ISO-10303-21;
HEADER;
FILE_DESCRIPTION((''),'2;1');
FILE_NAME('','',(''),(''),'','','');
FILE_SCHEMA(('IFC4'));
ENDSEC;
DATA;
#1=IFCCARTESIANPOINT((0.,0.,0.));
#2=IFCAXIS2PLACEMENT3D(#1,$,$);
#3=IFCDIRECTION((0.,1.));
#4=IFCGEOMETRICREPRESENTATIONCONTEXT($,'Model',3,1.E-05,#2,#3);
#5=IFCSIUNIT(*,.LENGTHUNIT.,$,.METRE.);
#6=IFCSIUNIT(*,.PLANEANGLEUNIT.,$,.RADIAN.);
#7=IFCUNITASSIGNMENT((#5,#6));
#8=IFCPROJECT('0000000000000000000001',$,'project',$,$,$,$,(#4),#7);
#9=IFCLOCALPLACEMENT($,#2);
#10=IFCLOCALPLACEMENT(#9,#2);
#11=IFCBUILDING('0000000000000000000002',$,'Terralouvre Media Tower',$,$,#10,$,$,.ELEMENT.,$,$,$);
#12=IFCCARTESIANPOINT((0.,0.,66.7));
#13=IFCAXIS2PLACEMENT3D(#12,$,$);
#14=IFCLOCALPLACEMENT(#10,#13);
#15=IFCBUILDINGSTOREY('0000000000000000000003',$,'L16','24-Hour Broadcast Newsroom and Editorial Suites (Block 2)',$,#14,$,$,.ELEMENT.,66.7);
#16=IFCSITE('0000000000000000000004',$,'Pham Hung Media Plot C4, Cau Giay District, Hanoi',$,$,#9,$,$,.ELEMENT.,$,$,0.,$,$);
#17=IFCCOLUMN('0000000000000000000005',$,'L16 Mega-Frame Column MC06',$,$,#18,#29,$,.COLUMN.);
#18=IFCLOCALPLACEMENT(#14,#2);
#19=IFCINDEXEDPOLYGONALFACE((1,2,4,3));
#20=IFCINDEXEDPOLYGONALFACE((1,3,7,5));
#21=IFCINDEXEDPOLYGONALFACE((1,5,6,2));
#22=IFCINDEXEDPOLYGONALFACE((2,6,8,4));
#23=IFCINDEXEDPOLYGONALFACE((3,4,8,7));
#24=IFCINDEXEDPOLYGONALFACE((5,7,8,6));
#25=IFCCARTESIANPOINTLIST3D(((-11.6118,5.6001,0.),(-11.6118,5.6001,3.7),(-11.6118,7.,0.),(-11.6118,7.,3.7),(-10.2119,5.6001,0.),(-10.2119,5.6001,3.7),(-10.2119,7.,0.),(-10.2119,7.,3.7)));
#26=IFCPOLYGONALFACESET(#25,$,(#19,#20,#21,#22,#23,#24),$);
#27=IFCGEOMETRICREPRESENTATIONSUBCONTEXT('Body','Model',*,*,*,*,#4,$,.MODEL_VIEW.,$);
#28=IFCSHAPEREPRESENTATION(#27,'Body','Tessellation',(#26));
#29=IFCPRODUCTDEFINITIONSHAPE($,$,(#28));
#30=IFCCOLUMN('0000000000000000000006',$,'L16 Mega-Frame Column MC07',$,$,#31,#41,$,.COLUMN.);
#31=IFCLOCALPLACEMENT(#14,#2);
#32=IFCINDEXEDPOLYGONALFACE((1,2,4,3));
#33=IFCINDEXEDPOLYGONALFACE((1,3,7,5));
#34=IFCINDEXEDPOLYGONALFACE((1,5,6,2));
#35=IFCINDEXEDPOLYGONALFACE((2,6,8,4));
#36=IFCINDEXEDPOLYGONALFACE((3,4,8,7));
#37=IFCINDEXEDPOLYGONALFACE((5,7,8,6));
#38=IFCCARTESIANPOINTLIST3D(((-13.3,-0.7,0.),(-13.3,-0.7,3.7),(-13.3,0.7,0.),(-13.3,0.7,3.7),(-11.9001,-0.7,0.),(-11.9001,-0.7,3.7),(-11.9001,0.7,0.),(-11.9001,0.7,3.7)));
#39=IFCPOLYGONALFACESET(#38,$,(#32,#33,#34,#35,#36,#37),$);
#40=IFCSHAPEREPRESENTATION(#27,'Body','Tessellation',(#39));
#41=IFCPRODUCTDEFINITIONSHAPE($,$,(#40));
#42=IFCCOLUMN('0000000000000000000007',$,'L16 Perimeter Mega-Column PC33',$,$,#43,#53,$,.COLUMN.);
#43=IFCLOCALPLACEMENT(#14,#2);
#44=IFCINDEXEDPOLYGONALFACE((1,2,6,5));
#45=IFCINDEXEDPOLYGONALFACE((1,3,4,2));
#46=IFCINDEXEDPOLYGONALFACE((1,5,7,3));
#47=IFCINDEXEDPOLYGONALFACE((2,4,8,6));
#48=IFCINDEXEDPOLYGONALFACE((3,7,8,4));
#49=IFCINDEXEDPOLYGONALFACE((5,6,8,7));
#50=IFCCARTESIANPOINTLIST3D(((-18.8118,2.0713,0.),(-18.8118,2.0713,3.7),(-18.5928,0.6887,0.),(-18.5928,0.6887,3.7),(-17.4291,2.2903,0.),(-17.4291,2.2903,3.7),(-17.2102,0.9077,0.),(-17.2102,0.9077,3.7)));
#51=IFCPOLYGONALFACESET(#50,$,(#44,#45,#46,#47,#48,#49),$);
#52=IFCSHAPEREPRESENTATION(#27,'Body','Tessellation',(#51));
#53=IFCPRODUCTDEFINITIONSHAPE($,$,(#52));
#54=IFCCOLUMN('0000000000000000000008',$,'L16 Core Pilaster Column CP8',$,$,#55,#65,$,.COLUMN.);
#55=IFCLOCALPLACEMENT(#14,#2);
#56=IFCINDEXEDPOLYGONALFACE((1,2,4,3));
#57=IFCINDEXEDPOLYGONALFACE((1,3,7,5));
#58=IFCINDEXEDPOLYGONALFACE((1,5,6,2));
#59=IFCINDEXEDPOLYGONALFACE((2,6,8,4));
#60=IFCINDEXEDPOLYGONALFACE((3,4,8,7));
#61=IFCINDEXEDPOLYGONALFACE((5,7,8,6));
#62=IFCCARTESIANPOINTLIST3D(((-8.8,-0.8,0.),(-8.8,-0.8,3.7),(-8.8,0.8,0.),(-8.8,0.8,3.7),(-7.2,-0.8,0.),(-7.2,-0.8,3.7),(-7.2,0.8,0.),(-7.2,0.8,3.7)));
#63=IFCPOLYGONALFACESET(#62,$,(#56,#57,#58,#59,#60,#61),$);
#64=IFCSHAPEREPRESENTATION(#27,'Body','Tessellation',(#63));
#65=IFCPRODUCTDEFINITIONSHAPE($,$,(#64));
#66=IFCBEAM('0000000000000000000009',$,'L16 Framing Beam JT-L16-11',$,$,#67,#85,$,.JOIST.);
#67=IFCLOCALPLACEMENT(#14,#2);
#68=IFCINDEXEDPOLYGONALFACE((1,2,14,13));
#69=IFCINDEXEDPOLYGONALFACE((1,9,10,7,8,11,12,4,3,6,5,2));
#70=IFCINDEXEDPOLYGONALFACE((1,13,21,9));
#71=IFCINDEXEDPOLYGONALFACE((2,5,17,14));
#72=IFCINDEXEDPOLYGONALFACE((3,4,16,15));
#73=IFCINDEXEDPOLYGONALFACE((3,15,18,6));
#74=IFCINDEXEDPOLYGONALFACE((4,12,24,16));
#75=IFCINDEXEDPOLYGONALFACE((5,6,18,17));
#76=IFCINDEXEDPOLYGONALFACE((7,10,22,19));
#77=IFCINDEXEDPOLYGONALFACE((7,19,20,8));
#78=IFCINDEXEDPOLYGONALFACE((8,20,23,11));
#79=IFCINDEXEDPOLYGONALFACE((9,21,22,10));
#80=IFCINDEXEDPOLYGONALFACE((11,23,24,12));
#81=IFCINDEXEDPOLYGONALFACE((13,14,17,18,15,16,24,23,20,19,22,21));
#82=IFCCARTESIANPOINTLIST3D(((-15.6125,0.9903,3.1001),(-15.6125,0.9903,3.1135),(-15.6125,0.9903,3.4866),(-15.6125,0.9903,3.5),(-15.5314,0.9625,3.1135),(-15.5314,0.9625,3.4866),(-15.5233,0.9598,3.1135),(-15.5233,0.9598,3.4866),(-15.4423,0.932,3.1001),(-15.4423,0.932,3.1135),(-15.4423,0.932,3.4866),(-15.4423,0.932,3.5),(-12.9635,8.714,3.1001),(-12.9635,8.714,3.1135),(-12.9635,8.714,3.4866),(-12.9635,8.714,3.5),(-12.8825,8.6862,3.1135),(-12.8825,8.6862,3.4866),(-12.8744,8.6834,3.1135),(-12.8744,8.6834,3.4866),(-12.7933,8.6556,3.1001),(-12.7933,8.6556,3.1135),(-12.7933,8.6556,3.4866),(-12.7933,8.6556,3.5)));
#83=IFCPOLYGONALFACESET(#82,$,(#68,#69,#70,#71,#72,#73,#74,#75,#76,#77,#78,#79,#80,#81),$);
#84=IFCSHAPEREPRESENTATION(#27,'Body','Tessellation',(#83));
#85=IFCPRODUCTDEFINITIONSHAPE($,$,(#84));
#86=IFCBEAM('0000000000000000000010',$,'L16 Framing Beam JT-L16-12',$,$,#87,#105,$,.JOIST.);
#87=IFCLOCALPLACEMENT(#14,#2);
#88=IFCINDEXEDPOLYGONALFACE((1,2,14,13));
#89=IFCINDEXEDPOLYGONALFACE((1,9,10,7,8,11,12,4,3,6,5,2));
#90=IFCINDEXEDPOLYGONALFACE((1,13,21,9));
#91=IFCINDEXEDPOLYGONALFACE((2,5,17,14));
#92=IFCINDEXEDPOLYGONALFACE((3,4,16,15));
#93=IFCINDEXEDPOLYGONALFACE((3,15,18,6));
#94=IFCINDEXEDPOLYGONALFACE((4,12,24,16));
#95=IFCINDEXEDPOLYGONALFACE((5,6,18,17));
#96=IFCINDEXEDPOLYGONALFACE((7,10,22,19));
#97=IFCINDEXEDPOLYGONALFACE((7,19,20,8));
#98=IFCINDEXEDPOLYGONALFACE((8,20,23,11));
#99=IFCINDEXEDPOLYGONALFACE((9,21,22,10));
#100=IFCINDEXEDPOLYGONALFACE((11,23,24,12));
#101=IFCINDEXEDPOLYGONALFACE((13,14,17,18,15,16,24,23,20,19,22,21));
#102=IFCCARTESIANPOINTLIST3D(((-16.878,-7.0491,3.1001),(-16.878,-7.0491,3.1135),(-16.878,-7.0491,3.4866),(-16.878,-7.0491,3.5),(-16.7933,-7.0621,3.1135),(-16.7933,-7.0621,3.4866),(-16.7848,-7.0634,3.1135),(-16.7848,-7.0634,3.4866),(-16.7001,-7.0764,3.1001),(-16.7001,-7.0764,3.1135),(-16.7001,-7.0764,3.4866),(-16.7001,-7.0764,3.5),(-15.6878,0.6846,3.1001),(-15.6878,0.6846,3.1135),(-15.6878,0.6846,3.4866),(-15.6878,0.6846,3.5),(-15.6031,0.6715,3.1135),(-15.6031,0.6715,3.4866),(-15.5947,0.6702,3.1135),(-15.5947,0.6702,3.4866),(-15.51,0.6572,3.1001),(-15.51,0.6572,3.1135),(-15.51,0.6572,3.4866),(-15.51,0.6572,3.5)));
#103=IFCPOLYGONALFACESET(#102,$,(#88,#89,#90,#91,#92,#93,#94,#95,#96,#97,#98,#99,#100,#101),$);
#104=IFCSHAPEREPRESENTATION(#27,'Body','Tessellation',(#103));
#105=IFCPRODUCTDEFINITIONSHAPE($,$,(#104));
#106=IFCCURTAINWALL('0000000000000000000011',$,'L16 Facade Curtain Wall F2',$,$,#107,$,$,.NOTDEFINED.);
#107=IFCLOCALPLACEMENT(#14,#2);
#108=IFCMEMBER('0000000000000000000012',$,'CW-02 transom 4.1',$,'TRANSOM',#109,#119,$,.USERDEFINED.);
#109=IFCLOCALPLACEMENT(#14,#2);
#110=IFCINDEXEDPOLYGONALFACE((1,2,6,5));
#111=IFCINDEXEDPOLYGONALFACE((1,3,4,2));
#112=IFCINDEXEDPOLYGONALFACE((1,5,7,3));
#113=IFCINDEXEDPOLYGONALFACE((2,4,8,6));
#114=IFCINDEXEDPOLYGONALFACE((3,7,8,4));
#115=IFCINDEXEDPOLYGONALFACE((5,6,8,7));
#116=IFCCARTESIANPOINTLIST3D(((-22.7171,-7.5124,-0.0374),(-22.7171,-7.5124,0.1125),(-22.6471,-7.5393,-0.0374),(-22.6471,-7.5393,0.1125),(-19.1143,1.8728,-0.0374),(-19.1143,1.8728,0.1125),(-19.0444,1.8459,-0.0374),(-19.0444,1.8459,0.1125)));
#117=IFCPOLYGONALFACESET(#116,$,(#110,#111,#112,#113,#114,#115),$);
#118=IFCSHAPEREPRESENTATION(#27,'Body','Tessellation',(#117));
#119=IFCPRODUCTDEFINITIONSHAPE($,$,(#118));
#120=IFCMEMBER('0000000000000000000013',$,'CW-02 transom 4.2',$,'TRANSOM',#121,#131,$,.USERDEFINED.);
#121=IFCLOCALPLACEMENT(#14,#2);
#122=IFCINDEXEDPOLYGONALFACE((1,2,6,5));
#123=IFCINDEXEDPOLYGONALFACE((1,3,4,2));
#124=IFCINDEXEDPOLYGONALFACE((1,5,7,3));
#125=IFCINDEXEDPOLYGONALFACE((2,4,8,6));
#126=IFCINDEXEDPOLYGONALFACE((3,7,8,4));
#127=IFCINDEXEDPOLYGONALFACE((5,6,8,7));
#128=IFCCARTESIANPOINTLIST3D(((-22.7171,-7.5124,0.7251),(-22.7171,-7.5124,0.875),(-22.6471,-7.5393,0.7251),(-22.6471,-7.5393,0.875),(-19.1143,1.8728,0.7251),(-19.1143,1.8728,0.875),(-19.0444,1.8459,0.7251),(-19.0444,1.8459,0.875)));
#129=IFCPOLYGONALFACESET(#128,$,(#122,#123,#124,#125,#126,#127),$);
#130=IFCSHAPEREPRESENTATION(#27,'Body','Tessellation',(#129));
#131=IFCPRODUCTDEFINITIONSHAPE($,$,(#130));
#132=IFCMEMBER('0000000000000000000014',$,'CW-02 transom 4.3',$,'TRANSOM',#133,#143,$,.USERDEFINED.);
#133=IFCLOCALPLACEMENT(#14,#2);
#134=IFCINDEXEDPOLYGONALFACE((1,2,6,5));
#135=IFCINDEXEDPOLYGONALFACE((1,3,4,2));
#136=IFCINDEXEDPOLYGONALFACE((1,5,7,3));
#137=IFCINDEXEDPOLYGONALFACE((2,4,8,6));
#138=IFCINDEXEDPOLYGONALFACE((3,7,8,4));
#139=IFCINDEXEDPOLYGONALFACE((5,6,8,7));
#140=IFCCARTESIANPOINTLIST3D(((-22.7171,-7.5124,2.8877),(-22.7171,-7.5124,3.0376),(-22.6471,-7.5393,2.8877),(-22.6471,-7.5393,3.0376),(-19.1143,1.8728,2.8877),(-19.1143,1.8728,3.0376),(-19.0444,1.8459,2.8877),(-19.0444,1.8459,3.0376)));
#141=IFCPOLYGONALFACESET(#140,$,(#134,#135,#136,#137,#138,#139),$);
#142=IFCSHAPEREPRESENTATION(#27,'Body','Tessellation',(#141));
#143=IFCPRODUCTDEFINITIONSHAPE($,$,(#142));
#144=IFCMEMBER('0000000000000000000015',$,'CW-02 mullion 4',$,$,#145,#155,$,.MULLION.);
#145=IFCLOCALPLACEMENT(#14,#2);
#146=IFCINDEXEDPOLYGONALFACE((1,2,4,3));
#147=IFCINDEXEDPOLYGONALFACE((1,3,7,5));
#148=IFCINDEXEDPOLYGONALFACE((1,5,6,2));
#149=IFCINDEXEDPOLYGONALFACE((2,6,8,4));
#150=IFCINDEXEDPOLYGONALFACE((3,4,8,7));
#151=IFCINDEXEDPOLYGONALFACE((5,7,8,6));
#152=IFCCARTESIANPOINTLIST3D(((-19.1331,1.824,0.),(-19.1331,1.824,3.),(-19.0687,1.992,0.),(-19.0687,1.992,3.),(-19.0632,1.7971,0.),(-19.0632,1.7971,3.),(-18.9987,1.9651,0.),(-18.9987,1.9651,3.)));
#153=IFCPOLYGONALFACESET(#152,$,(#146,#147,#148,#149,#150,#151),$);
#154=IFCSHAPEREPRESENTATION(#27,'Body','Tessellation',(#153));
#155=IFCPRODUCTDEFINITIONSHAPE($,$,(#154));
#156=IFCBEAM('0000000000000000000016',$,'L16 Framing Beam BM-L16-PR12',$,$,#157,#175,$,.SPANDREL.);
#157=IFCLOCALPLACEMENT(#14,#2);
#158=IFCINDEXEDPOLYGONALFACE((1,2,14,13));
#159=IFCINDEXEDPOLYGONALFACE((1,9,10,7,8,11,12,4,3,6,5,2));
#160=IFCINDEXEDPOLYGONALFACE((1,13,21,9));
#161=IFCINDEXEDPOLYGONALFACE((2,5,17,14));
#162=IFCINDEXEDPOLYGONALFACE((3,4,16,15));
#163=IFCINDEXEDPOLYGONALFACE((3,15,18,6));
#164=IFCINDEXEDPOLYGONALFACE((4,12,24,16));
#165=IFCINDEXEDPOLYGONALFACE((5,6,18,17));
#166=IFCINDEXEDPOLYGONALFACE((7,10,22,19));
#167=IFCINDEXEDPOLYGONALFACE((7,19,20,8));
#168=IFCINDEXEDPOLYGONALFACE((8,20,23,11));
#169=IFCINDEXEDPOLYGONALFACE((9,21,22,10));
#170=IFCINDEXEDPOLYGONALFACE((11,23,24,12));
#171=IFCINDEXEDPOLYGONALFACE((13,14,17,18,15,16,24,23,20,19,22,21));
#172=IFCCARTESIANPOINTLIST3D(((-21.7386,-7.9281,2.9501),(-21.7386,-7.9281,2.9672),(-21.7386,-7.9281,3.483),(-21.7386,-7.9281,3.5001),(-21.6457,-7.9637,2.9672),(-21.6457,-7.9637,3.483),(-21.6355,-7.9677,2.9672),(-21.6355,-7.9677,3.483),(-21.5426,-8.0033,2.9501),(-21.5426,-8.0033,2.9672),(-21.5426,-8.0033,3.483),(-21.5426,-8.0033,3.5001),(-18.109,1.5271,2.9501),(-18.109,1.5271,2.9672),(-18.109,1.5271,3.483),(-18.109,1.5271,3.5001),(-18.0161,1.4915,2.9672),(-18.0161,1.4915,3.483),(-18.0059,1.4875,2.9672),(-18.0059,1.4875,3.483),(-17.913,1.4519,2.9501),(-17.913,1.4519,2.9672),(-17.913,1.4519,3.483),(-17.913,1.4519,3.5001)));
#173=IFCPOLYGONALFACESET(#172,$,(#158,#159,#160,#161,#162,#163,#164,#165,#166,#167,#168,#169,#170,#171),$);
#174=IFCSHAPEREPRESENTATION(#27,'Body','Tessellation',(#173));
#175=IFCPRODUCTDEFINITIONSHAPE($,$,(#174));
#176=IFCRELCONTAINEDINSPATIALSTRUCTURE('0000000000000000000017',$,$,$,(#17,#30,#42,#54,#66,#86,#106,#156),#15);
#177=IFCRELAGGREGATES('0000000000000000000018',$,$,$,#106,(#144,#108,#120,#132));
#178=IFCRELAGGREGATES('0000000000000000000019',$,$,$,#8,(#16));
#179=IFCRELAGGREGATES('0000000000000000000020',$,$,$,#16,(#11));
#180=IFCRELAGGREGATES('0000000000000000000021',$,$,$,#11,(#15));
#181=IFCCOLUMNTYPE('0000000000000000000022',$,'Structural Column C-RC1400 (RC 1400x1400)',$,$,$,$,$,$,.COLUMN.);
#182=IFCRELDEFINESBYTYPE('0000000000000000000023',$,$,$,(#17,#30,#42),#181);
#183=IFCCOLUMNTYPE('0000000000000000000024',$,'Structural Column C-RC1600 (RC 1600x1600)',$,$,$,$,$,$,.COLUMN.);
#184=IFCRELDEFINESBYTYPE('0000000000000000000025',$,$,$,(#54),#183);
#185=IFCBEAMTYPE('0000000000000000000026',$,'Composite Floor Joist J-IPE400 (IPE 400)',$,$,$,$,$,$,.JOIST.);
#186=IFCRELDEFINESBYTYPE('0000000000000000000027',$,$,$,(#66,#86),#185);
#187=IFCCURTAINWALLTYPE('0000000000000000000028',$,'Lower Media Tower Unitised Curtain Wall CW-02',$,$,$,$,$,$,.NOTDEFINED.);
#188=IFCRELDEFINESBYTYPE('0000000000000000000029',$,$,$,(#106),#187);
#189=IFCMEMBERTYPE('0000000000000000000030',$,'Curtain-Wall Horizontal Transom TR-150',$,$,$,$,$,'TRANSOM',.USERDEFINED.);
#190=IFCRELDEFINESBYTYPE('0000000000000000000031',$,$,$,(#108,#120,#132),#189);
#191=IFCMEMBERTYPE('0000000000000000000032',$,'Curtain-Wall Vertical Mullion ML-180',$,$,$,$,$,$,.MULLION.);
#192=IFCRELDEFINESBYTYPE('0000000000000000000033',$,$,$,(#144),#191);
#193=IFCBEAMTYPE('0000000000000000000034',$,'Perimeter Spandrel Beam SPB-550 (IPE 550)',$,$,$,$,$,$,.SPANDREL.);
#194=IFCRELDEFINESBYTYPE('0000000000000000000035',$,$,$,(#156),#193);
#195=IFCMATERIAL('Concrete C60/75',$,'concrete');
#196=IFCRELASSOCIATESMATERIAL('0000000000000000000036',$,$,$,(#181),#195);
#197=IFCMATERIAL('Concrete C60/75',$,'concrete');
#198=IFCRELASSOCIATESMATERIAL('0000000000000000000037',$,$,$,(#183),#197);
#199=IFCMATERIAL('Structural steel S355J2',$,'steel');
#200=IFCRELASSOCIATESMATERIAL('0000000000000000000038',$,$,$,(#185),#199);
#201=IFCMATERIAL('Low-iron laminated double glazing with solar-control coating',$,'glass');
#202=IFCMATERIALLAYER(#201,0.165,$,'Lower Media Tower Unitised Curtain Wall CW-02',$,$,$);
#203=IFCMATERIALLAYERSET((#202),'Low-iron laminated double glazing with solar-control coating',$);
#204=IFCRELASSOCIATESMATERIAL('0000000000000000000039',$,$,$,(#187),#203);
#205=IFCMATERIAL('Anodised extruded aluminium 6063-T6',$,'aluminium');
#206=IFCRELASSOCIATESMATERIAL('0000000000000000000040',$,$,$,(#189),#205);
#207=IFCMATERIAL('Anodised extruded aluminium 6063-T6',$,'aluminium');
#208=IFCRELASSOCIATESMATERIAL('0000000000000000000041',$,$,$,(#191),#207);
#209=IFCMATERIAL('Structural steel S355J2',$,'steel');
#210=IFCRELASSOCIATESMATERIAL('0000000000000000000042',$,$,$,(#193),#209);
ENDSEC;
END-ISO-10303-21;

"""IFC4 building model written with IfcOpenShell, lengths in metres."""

from ifc_helpers import new_model, si_unit, direction, frame, origin, origin_2d, place, context, subcontext, project, spatial, rectangle, i_section, extrude, material, layer, layer_set, material_profile, profile_set, type_object, element, aggregate, save


model = new_model("IFC4")

# Units and contexts
model_context = context("Model", 3, precision=1e-05, world=origin(), true_north=direction((0.0, 1.0)))
body_context = subcontext(model_context, "Body", "Model", "MODEL_VIEW")
ifc_project = project(units=[si_unit("LENGTHUNIT", "METRE"), si_unit("PLANEANGLEUNIT", "RADIAN")], contexts=[model_context])

# Site, building, storey
site_placement = place(None, origin())
site = spatial("IfcSite", under=ifc_project, at=site_placement, Name="Pham Hung Media Plot C4, Cau Giay District, Hanoi", CompositionType="ELEMENT", RefElevation=0.0)
building_placement = place(site_placement, origin())
building = spatial("IfcBuilding", under=site, at=building_placement, Name="Terralouvre Media Tower", CompositionType="ELEMENT")
storey_placement = place(building_placement, frame((0.0, 0.0, 66.7)))
storey = spatial("IfcBuildingStorey", under=building, at=storey_placement, Name="L16", Description="24-Hour Broadcast Newsroom and Editorial Suites (Block 2)", CompositionType="ELEMENT", Elevation=66.7)

# Columns
ifc_material_1 = material(Name="Concrete C60/75", Category="concrete")
ifc_material_profile_1 = material_profile(ifc_material_1, rectangle(XDim=1.3999, YDim=1.3999, at=origin_2d()), Name="RC 1400x1400")
ifc_profile_set_1 = profile_set([ifc_material_profile_1], Name="Concrete C60/75")
column_type_1 = type_object("IfcColumnType", Name="Structural Column C-RC1400 (RC 1400x1400)", PredefinedType="COLUMN", material=ifc_profile_set_1)
for number, where, z_axis, x_axis, name in (
    (1, (-10.9119, 6.3, 0.0), (0.0, 0.0, 1.0), (1.0, 0.0, 0.0), "L16 Mega-Frame Column MC06"),
    (2, (-12.6001, 0.0, 0.0), (0.0, 0.0, 1.0), (1.0, 0.0, 0.0), "L16 Mega-Frame Column MC07"),
    (3, (-18.011, 1.4895, 0.0), (0.0, 0.0, 1.0), (0.987688, 0.156434, 0.0), "L16 Perimeter Mega-Column PC33"),
):
    element("IfcColumn", number, at=place(storey_placement, frame(where, z_axis=z_axis, x_axis=x_axis)), inside=storey, type_object=column_type_1, Name=name, PredefinedType="COLUMN", context=body_context, shape_type="SweptSolid", body=[
        extrude(rectangle(XDim=1.3999, YDim=1.3999, at=origin_2d()), origin(), (0.0, 0.0, 1.0), 3.7),
    ])
ifc_material_2 = material(Name="Concrete C60/75", Category="concrete")
ifc_material_profile_2 = material_profile(ifc_material_2, rectangle(XDim=1.6001, YDim=1.6001, at=origin_2d()), Name="RC 1600x1600")
ifc_profile_set_2 = profile_set([ifc_material_profile_2], Name="Concrete C60/75")
column_type_2 = type_object("IfcColumnType", Name="Structural Column C-RC1600 (RC 1600x1600)", PredefinedType="COLUMN", material=ifc_profile_set_2)
column_placement = place(storey_placement, frame((-8.0, 0.0, 0.0), z_axis=(0.0, 0.0, 1.0), x_axis=(1.0, 0.0, 0.0)))
element("IfcColumn", 4, at=column_placement, inside=storey, type_object=column_type_2, Name="L16 Core Pilaster Column CP8", PredefinedType="COLUMN", context=body_context, shape_type="SweptSolid", body=[
    extrude(rectangle(XDim=1.6001, YDim=1.6001, at=origin_2d()), origin(), (0.0, 0.0, 1.0), 3.7),
])

# Beams
ifc_material_3 = material(Name="Structural steel S355J2", Category="steel")
ifc_material_profile_3 = material_profile(ifc_material_3, i_section(OverallWidth=0.1799, OverallDepth=0.3999, WebThickness=0.0085, FlangeThickness=0.0134, at=origin_2d()), Name="IPE 400")
ifc_profile_set_3 = profile_set([ifc_material_profile_3], Name="Structural steel S355J2")
beam_type_1 = type_object("IfcBeamType", Name="Composite Floor Joist J-IPE400 (IPE 400)", PredefinedType="JOIST", material=ifc_profile_set_3)
beam_1_placement = place(storey_placement, frame((-12.8784, 8.6848, 3.3), z_axis=(-0.324415, -0.945915, 0.0), x_axis=(0.945915, -0.324415, 0.0)))
element("IfcBeam", 5, at=beam_1_placement, inside=storey, type_object=beam_type_1, Name="L16 Framing Beam JT-L16-11", PredefinedType="JOIST", context=body_context, shape_type="SweptSolid", body=[
    extrude(i_section(OverallWidth=0.1799, OverallDepth=0.3999, WebThickness=0.0085, FlangeThickness=0.0134, at=origin_2d()), origin(), (0.0, 0.0, 1.0), 8.1653),
])
beam_2_placement = place(storey_placement, frame((-15.5989, 0.6709, 3.3), z_axis=(-0.152106, -0.988364, 0.0), x_axis=(0.988364, -0.152106, 0.0)))
element("IfcBeam", 6, at=beam_2_placement, inside=storey, type_object=beam_type_1, Name="L16 Framing Beam JT-L16-12", PredefinedType="JOIST", context=body_context, shape_type="SweptSolid", body=[
    extrude(i_section(OverallWidth=0.1799, OverallDepth=0.3999, WebThickness=0.0085, FlangeThickness=0.0134, at=origin_2d()), origin(), (0.0, 0.0, 1.0), 7.8247),
])

# Curtain wall, members
ifc_material_4 = material(Name="Low-iron laminated double glazing with solar-control coating", Category="glass")
ifc_layer_1 = layer(ifc_material_4, 0.165, Name="Lower Media Tower Unitised Curtain Wall CW-02")
ifc_layer_set_1 = layer_set([ifc_layer_1], Name="Low-iron laminated double glazing with solar-control coating")
curtain_wall_type = type_object("IfcCurtainWallType", Name="Lower Media Tower Unitised Curtain Wall CW-02", PredefinedType="NOTDEFINED", material=ifc_layer_set_1)
curtain_wall_placement = place(storey_placement, origin())
curtain_wall = element("IfcCurtainWall", 7, at=curtain_wall_placement, inside=storey, type_object=curtain_wall_type, Name="L16 Facade Curtain Wall F2", PredefinedType="NOTDEFINED")
ifc_material_5 = material(Name="Anodised extruded aluminium 6063-T6", Category="aluminium")
ifc_material_profile_4 = material_profile(ifc_material_5, rectangle(XDim=0.075, YDim=0.1499, at=origin_2d()), Name="ALU 75x150")
ifc_profile_set_4 = profile_set([ifc_material_profile_4], Name="Anodised extruded aluminium 6063-T6")
member_type_1 = type_object("IfcMemberType", Name="Curtain-Wall Horizontal Transom TR-150", ElementType="TRANSOM", PredefinedType="USERDEFINED", material=ifc_profile_set_4)
member_1_placement = place(storey_placement, frame((-19.0793, 1.8594, 0.0376), z_axis=(-0.358379, -0.933576, 0.0), x_axis=(0.933576, -0.358379, 0.0)))
member_1 = element("IfcMember", 8, at=member_1_placement, type_object=member_type_1, Name="CW-02 transom 4.1", ObjectType="TRANSOM", PredefinedType="USERDEFINED", context=body_context, shape_type="SweptSolid", body=[
    extrude(rectangle(XDim=0.075, YDim=0.1499, at=origin_2d()), origin(), (0.0, 0.0, 1.0), 10.053),
])
member_2_placement = place(storey_placement, frame((-19.0793, 1.8594, 0.8), z_axis=(-0.358379, -0.933576, 0.0), x_axis=(0.933576, -0.358379, 0.0)))
member_2 = element("IfcMember", 9, at=member_2_placement, type_object=member_type_1, Name="CW-02 transom 4.2", ObjectType="TRANSOM", PredefinedType="USERDEFINED", context=body_context, shape_type="SweptSolid", body=[
    extrude(rectangle(XDim=0.075, YDim=0.1499, at=origin_2d()), origin(), (0.0, 0.0, 1.0), 10.053),
])
member_3_placement = place(storey_placement, frame((-19.0793, 1.8594, 2.9626), z_axis=(-0.358379, -0.933576, 0.0), x_axis=(0.933576, -0.358379, 0.0)))
member_3 = element("IfcMember", 10, at=member_3_placement, type_object=member_type_1, Name="CW-02 transom 4.3", ObjectType="TRANSOM", PredefinedType="USERDEFINED", context=body_context, shape_type="SweptSolid", body=[
    extrude(rectangle(XDim=0.075, YDim=0.1499, at=origin_2d()), origin(), (0.0, 0.0, 1.0), 10.053),
])
ifc_material_6 = material(Name="Anodised extruded aluminium 6063-T6", Category="aluminium")
ifc_material_profile_5 = material_profile(ifc_material_6, rectangle(XDim=0.075, YDim=0.1799, at=origin_2d()), Name="ALU 75x180")
ifc_profile_set_5 = profile_set([ifc_material_profile_5], Name="Anodised extruded aluminium 6063-T6")
member_type_2 = type_object("IfcMemberType", Name="Curtain-Wall Vertical Mullion ML-180", PredefinedType="MULLION", material=ifc_profile_set_5)
member_4_placement = place(storey_placement, frame((-19.0659, 1.8945, 0.0), z_axis=(0.0, 0.0, 1.0), x_axis=(0.93358, -0.358368, 0.0)))
member_4 = element("IfcMember", 11, at=member_4_placement, type_object=member_type_2, Name="CW-02 mullion 4", PredefinedType="MULLION", context=body_context, shape_type="SweptSolid", body=[
    extrude(rectangle(XDim=0.075, YDim=0.1799, at=origin_2d()), origin(), (0.0, 0.0, 1.0), 3.0),
])

# Beam
ifc_material_7 = material(Name="Structural steel S355J2", Category="steel")
ifc_material_profile_6 = material_profile(ifc_material_7, i_section(OverallWidth=0.21, OverallDepth=0.55, WebThickness=0.011, FlangeThickness=0.0171, at=origin_2d()), Name="IPE 550")
ifc_profile_set_6 = profile_set([ifc_material_profile_6], Name="Structural steel S355J2")
beam_type_2 = type_object("IfcBeamType", Name="Perimeter Spandrel Beam SPB-550 (IPE 550)", PredefinedType="SPANDREL", material=ifc_profile_set_6)
beam_3_placement = place(storey_placement, frame((-18.011, 1.4895, 3.2251), z_axis=(-0.358375, -0.933578, 0.0), x_axis=(0.933578, -0.358375, 0.0)))
element("IfcBeam", 12, at=beam_3_placement, inside=storey, type_object=beam_type_2, Name="L16 Framing Beam BM-L16-PR12", PredefinedType="SPANDREL", context=body_context, shape_type="SweptSolid", body=[
    extrude(i_section(OverallWidth=0.21, OverallDepth=0.55, WebThickness=0.011, FlangeThickness=0.0171, at=origin_2d()), origin(), (0.0, 0.0, 1.0), 10.1279),
])

aggregate(curtain_wall, [member_4, member_1, member_2, member_3])

save(model, "model.ifc")
